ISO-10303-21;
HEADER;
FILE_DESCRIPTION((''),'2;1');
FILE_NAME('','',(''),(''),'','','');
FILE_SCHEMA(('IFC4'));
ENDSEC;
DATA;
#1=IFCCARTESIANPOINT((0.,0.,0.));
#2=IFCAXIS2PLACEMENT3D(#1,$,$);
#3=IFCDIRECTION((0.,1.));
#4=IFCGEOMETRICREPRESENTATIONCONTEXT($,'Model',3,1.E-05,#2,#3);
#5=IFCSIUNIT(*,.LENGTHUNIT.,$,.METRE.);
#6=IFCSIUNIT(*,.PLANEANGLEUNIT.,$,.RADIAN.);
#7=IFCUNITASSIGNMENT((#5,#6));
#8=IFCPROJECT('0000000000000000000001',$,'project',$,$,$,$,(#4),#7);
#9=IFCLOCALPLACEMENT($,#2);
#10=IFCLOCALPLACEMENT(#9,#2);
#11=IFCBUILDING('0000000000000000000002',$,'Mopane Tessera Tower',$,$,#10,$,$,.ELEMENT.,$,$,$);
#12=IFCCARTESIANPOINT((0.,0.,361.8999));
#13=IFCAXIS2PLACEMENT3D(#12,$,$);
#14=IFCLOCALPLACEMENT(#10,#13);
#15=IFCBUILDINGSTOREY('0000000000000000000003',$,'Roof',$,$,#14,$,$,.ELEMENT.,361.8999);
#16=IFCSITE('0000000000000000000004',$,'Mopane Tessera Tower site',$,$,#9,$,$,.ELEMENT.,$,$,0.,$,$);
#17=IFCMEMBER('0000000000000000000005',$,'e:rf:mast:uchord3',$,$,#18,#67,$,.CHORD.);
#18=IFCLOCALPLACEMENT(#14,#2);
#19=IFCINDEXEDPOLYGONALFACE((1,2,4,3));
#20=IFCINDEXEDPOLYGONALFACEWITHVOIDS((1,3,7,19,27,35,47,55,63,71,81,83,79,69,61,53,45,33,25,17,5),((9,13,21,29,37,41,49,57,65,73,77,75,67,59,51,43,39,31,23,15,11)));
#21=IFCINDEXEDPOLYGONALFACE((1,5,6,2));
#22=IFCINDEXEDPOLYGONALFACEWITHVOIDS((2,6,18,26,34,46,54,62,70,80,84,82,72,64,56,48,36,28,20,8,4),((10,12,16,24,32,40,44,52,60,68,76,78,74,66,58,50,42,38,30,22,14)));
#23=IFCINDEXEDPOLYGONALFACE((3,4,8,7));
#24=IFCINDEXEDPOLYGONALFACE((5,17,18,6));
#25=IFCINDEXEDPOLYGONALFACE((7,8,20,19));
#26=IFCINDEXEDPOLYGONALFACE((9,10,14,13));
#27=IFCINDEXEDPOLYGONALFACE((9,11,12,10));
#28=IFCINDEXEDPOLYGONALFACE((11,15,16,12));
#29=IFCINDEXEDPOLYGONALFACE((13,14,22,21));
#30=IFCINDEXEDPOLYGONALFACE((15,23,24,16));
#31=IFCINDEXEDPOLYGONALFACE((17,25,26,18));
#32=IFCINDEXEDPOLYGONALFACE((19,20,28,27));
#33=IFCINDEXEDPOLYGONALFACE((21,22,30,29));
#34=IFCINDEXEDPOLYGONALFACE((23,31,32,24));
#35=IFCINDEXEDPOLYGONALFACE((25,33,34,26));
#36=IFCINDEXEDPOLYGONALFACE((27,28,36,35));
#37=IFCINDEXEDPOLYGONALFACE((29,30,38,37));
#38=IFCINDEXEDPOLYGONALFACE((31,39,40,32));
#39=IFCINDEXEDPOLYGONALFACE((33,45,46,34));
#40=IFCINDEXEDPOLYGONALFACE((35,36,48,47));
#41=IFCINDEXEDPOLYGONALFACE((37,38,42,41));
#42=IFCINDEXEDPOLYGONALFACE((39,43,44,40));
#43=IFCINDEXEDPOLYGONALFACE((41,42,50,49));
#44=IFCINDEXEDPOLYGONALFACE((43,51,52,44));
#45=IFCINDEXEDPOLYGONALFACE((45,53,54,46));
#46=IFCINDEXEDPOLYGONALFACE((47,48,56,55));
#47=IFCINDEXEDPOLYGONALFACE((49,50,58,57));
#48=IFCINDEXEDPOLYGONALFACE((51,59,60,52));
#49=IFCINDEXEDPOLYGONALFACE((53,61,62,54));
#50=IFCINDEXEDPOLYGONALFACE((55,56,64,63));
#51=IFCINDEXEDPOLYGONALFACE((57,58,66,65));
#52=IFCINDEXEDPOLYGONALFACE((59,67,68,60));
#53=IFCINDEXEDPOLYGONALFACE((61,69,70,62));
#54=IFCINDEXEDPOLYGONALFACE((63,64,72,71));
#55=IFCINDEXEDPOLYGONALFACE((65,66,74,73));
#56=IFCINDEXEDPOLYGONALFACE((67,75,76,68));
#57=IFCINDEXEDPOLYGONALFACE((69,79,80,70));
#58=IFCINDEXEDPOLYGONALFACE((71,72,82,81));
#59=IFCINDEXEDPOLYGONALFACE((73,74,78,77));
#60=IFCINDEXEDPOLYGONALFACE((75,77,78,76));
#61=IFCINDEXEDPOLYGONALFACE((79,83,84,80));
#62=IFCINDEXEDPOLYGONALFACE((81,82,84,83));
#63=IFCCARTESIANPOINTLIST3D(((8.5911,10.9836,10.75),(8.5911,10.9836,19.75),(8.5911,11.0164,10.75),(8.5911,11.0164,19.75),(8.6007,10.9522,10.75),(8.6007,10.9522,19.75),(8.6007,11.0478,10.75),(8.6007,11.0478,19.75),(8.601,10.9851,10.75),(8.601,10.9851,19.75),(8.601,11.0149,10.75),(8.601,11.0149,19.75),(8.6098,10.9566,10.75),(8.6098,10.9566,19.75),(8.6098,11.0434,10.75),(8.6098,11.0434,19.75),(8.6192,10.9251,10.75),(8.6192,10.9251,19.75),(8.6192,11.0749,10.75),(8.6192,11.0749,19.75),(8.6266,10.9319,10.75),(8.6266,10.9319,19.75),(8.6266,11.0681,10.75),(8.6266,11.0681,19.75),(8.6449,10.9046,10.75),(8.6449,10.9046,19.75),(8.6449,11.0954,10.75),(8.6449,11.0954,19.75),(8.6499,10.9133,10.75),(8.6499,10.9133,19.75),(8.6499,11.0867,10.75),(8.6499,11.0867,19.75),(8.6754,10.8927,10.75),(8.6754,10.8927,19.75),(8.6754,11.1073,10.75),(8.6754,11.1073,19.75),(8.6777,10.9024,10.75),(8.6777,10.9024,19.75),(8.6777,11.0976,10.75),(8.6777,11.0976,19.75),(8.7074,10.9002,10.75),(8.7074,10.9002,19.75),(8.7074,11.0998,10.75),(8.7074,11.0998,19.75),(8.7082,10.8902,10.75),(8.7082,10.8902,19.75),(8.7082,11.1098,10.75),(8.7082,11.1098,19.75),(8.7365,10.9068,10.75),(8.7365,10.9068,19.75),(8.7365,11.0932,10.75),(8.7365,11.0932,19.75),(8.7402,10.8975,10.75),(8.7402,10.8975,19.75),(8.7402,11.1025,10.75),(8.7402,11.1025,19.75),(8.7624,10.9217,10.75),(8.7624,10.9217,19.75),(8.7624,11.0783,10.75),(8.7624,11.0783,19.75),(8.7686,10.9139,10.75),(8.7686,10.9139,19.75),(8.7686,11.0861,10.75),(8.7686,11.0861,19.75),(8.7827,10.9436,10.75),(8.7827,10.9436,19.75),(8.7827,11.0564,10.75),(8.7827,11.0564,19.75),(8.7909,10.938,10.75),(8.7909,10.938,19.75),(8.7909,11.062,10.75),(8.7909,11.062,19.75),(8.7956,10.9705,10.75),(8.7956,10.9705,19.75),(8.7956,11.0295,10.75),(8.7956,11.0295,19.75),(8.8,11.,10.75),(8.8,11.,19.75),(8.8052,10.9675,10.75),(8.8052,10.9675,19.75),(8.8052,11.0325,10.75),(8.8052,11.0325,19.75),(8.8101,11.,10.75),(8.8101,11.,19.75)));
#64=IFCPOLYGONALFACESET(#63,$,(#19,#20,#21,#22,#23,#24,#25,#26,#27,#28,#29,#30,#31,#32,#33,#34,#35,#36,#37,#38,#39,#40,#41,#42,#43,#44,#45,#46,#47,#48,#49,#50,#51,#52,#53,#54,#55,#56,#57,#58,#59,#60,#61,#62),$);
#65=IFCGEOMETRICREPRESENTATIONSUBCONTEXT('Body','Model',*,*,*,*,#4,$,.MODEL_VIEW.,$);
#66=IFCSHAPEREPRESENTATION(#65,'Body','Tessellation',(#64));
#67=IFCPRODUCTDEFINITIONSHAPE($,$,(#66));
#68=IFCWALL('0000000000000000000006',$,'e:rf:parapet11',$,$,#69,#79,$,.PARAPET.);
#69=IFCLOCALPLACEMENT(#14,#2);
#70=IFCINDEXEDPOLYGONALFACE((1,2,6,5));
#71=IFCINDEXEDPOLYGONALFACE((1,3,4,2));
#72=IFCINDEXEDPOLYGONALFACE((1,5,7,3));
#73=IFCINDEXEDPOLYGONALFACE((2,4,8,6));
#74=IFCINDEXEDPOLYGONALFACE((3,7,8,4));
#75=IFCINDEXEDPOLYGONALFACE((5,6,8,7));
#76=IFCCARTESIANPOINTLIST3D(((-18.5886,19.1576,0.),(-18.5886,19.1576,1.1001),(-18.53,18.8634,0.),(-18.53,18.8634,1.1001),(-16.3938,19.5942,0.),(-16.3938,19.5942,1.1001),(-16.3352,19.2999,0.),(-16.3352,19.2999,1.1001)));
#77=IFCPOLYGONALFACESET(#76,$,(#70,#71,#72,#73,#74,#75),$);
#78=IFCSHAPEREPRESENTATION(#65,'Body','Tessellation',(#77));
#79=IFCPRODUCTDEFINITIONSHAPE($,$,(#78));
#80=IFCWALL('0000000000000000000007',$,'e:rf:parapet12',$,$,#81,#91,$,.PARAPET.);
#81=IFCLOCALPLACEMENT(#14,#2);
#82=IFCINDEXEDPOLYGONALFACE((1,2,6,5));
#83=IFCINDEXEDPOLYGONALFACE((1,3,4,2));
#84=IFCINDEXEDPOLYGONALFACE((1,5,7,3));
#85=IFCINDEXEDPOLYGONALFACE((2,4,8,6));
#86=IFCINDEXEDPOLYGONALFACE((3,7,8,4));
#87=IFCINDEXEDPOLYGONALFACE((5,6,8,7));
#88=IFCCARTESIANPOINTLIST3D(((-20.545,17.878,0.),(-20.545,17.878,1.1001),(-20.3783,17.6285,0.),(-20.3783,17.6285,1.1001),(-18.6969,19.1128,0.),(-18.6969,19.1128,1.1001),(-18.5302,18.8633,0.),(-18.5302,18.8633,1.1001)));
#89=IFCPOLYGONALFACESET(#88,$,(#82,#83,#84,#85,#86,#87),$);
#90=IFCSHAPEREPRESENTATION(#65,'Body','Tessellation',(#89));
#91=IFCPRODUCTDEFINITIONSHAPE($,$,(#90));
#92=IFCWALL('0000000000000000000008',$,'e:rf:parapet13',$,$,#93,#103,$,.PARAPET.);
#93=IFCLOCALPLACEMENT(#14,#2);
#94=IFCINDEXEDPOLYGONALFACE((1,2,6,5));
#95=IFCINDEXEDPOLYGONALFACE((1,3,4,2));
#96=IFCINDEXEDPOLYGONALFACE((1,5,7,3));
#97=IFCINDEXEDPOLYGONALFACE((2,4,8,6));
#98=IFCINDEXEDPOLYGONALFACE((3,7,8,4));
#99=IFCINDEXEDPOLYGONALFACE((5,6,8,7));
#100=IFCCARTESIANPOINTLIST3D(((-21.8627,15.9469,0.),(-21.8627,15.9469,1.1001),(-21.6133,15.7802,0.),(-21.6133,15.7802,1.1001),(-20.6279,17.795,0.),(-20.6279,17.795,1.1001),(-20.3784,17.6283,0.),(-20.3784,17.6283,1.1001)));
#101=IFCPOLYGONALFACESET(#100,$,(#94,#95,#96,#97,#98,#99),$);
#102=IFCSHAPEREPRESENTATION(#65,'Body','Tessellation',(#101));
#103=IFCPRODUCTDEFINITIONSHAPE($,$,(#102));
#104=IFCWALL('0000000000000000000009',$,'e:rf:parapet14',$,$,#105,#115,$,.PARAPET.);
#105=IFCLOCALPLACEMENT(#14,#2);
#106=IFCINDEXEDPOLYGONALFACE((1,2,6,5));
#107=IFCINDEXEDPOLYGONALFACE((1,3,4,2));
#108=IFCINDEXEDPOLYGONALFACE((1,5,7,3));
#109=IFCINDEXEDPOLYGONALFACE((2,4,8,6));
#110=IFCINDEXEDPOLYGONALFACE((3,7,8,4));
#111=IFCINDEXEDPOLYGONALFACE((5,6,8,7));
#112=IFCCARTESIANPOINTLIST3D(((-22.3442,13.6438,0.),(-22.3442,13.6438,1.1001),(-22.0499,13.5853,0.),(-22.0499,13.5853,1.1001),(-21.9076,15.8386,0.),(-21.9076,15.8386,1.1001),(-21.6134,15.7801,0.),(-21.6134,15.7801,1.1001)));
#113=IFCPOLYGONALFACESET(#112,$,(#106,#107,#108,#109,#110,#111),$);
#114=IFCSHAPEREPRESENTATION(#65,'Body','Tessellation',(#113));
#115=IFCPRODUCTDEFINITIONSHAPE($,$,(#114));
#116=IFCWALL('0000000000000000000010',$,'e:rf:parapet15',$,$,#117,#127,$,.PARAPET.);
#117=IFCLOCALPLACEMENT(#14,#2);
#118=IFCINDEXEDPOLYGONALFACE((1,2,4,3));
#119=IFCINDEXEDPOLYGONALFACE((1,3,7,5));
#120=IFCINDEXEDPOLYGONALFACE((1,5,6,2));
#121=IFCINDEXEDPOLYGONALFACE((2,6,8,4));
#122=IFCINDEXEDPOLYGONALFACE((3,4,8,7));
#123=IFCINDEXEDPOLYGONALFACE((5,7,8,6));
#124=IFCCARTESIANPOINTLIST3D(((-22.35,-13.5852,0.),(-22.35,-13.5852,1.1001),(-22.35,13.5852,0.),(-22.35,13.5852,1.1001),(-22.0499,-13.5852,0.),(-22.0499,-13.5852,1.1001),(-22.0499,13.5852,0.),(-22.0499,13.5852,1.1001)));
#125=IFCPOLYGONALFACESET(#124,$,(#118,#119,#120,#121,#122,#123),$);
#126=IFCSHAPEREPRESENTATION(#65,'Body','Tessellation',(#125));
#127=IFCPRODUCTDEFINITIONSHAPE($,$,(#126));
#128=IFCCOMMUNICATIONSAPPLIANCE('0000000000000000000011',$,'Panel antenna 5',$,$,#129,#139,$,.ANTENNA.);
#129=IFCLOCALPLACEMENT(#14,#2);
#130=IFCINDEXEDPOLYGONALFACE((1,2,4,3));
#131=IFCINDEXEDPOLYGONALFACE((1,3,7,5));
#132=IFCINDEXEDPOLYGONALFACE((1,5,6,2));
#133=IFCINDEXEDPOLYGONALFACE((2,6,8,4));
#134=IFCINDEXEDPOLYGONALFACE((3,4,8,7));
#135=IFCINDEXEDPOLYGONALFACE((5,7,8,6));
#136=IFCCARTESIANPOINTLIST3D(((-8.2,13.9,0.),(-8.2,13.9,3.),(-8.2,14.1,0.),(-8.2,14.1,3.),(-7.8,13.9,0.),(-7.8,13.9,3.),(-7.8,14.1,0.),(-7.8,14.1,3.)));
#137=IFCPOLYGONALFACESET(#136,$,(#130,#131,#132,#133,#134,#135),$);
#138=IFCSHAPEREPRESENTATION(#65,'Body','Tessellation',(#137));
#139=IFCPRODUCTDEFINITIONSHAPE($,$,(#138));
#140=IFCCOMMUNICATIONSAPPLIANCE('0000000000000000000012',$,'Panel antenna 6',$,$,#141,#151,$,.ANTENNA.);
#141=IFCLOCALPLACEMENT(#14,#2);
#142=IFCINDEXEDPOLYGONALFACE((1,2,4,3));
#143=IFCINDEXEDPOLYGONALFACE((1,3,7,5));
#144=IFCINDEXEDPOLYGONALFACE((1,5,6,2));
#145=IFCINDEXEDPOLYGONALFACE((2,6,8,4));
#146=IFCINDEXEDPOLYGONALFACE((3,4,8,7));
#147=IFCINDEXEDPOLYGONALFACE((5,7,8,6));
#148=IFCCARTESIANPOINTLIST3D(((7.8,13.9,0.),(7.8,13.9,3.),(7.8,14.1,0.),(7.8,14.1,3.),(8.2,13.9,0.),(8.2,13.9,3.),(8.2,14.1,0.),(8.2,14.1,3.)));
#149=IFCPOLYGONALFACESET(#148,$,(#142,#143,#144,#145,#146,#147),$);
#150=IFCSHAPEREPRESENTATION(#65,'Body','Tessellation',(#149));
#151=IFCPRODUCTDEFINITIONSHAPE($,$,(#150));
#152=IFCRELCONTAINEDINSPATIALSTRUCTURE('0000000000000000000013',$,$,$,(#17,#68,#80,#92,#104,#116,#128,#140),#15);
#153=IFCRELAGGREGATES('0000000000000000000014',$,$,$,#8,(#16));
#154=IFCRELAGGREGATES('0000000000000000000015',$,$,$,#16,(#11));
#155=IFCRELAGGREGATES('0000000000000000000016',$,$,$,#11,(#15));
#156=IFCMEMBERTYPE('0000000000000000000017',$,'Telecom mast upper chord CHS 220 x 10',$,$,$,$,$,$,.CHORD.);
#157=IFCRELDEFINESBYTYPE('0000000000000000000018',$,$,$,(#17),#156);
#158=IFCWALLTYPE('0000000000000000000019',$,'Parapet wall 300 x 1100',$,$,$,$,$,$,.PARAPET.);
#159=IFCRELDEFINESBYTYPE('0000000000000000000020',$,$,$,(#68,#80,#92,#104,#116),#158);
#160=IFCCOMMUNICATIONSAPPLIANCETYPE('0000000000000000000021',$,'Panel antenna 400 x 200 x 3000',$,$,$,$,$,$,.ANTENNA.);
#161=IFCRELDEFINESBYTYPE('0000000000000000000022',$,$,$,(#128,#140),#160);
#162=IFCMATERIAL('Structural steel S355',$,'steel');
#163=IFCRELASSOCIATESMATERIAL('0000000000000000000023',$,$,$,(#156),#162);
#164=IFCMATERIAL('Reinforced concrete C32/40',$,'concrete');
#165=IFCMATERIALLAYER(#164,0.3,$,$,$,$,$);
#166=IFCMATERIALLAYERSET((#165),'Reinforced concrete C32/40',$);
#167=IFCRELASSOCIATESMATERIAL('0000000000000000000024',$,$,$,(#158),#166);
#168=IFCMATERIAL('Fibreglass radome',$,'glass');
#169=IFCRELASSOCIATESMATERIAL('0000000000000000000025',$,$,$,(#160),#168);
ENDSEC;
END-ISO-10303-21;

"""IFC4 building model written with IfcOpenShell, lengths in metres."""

from ifc_helpers import new_model, si_unit, direction, frame, frame_2d, origin, origin_2d, place, context, subcontext, project, spatial, rectangle, hollow_circle, extrude, material, layer, layer_set, material_profile, profile_set, type_object, element, save


model = new_model("IFC4")

# Units and contexts
model_context = context("Model", 3, precision=1e-05, world=origin(), true_north=direction((0.0, 1.0)))
body_context = subcontext(model_context, "Body", "Model", "MODEL_VIEW")
ifc_project = project(units=[si_unit("LENGTHUNIT", "METRE"), si_unit("PLANEANGLEUNIT", "RADIAN")], contexts=[model_context])

# Site, building, storey
site_placement = place(None, origin())
site = spatial("IfcSite", under=ifc_project, at=site_placement, Name="Mopane Tessera Tower site", CompositionType="ELEMENT", RefElevation=0.0)
building_placement = place(site_placement, origin())
building = spatial("IfcBuilding", under=site, at=building_placement, Name="Mopane Tessera Tower", CompositionType="ELEMENT")
storey_placement = place(building_placement, frame((0.0, 0.0, 361.8999)))
storey = spatial("IfcBuildingStorey", under=building, at=storey_placement, Name="Roof", CompositionType="ELEMENT", Elevation=361.8999)

# Member
ifc_material_1 = material(Name="Structural steel S355", Category="steel")
ifc_material_profile_1 = material_profile(ifc_material_1, hollow_circle(Radius=0.1101, WallThickness=0.01, at=origin_2d()))
ifc_profile_set_1 = profile_set([ifc_material_profile_1], Name="Structural steel S355")
member_type_1 = type_object("IfcMemberType", Name="Telecom mast upper chord CHS 220 x 10", PredefinedType="CHORD", material=ifc_profile_set_1)
member_1_placement = place(storey_placement, frame((8.7, 11.0, 10.75), z_axis=(0.0, 0.0, 1.0), x_axis=(1.0, 0.0, 0.0)))
element("IfcMember", 1, at=member_1_placement, inside=storey, type_object=member_type_1, Name="e:rf:mast:uchord3", PredefinedType="CHORD", context=body_context, shape_type="SweptSolid", body=[
    extrude(hollow_circle(Radius=0.1101, WallThickness=0.01, at=origin_2d()), origin(), (0.0, 0.0, 1.0), 9.0),
])

# Walls
ifc_material_2 = material(Name="Reinforced concrete C32/40", Category="concrete")
ifc_layer = layer(ifc_material_2, 0.3)
ifc_layer_set = layer_set([ifc_layer], Name="Reinforced concrete C32/40")
wall_type = type_object("IfcWallType", Name="Parapet wall 300 x 1100", PredefinedType="PARAPET", material=ifc_layer_set)
wall_1_placement = place(storey_placement, frame((-16.3645, 19.447, 0.0), z_axis=(0.0, 0.0, 1.0), x_axis=(-0.98079, -0.195067, 0.0)))
element("IfcWall", 2, at=wall_1_placement, inside=storey, type_object=wall_type, Name="e:rf:parapet11", PredefinedType="PARAPET", context=body_context, shape_type="SweptSolid", body=[
    extrude(rectangle(XDim=2.2378, YDim=0.3, at=frame_2d((1.1189, 0.0))), origin(), (0.0, 0.0, 1.0), 1.1001),
])
for number, where, z_axis, x_axis, name in (
    (3, (-18.6135, 18.988, 0.0), (0.0, 0.0, 1.0), (-0.831475, -0.555562, 0.0), "e:rf:parapet12"),
    (4, (-20.5032, 17.7117, 0.0), (0.0, 0.0, 1.0), (-0.555562, -0.831475, 0.0), "e:rf:parapet13"),
):
    element("IfcWall", number, at=place(storey_placement, frame(where, z_axis=z_axis, x_axis=x_axis)), inside=storey, type_object=wall_type, Name=name, PredefinedType="PARAPET", context=body_context, shape_type="SweptSolid", body=[
        extrude(rectangle(XDim=2.2227, YDim=0.3, at=frame_2d((1.1113, 0.0))), origin(), (0.0, 0.0, 1.0), 1.1001),
    ])
wall_2_placement = place(storey_placement, frame((-21.7605, 15.8093, 0.0), z_axis=(0.0, 0.0, 1.0), x_axis=(-0.195067, -0.98079, 0.0)))
element("IfcWall", 5, at=wall_2_placement, inside=storey, type_object=wall_type, Name="e:rf:parapet14", PredefinedType="PARAPET", context=body_context, shape_type="SweptSolid", body=[
    extrude(rectangle(XDim=2.2378, YDim=0.3, at=frame_2d((1.1189, 0.0))), origin(), (0.0, 0.0, 1.0), 1.1001),
])
wall_3_placement = place(storey_placement, frame((-22.2, 13.5852, 0.0), z_axis=(0.0, 0.0, 1.0), x_axis=(0.0, -1.0, 0.0)))
element("IfcWall", 6, at=wall_3_placement, inside=storey, type_object=wall_type, Name="e:rf:parapet15", PredefinedType="PARAPET", context=body_context, shape_type="SweptSolid", body=[
    extrude(rectangle(XDim=27.1704, YDim=0.3, at=frame_2d((13.5852, 0.0))), origin(), (0.0, 0.0, 1.0), 1.1001),
])

# Communications appliances
ifc_material_3 = material(Name="Fibreglass radome", Category="glass")
communications_appliance_type = type_object("IfcCommunicationsApplianceType", Name="Panel antenna 400 x 200 x 3000", PredefinedType="ANTENNA", material=ifc_material_3)
for number, where, z_axis, x_axis, name in (
    (7, (-8.0, 14.0, 0.0), (0.0, 0.0, 1.0), (1.0, 0.0, 0.0), "Panel antenna 5"),
    (8, (8.0, 14.0, 0.0), (0.0, 0.0, 1.0), (1.0, 0.0, 0.0), "Panel antenna 6"),
):
    element("IfcCommunicationsAppliance", number, at=place(storey_placement, frame(where, z_axis=z_axis, x_axis=x_axis)), inside=storey, type_object=communications_appliance_type, Name=name, PredefinedType="ANTENNA", context=body_context, shape_type="SweptSolid", body=[
        extrude(rectangle(XDim=0.3999, YDim=0.2, at=origin_2d()), origin(), (0.0, 0.0, 1.0), 3.0),
    ])

save(model, "model.ifc")
